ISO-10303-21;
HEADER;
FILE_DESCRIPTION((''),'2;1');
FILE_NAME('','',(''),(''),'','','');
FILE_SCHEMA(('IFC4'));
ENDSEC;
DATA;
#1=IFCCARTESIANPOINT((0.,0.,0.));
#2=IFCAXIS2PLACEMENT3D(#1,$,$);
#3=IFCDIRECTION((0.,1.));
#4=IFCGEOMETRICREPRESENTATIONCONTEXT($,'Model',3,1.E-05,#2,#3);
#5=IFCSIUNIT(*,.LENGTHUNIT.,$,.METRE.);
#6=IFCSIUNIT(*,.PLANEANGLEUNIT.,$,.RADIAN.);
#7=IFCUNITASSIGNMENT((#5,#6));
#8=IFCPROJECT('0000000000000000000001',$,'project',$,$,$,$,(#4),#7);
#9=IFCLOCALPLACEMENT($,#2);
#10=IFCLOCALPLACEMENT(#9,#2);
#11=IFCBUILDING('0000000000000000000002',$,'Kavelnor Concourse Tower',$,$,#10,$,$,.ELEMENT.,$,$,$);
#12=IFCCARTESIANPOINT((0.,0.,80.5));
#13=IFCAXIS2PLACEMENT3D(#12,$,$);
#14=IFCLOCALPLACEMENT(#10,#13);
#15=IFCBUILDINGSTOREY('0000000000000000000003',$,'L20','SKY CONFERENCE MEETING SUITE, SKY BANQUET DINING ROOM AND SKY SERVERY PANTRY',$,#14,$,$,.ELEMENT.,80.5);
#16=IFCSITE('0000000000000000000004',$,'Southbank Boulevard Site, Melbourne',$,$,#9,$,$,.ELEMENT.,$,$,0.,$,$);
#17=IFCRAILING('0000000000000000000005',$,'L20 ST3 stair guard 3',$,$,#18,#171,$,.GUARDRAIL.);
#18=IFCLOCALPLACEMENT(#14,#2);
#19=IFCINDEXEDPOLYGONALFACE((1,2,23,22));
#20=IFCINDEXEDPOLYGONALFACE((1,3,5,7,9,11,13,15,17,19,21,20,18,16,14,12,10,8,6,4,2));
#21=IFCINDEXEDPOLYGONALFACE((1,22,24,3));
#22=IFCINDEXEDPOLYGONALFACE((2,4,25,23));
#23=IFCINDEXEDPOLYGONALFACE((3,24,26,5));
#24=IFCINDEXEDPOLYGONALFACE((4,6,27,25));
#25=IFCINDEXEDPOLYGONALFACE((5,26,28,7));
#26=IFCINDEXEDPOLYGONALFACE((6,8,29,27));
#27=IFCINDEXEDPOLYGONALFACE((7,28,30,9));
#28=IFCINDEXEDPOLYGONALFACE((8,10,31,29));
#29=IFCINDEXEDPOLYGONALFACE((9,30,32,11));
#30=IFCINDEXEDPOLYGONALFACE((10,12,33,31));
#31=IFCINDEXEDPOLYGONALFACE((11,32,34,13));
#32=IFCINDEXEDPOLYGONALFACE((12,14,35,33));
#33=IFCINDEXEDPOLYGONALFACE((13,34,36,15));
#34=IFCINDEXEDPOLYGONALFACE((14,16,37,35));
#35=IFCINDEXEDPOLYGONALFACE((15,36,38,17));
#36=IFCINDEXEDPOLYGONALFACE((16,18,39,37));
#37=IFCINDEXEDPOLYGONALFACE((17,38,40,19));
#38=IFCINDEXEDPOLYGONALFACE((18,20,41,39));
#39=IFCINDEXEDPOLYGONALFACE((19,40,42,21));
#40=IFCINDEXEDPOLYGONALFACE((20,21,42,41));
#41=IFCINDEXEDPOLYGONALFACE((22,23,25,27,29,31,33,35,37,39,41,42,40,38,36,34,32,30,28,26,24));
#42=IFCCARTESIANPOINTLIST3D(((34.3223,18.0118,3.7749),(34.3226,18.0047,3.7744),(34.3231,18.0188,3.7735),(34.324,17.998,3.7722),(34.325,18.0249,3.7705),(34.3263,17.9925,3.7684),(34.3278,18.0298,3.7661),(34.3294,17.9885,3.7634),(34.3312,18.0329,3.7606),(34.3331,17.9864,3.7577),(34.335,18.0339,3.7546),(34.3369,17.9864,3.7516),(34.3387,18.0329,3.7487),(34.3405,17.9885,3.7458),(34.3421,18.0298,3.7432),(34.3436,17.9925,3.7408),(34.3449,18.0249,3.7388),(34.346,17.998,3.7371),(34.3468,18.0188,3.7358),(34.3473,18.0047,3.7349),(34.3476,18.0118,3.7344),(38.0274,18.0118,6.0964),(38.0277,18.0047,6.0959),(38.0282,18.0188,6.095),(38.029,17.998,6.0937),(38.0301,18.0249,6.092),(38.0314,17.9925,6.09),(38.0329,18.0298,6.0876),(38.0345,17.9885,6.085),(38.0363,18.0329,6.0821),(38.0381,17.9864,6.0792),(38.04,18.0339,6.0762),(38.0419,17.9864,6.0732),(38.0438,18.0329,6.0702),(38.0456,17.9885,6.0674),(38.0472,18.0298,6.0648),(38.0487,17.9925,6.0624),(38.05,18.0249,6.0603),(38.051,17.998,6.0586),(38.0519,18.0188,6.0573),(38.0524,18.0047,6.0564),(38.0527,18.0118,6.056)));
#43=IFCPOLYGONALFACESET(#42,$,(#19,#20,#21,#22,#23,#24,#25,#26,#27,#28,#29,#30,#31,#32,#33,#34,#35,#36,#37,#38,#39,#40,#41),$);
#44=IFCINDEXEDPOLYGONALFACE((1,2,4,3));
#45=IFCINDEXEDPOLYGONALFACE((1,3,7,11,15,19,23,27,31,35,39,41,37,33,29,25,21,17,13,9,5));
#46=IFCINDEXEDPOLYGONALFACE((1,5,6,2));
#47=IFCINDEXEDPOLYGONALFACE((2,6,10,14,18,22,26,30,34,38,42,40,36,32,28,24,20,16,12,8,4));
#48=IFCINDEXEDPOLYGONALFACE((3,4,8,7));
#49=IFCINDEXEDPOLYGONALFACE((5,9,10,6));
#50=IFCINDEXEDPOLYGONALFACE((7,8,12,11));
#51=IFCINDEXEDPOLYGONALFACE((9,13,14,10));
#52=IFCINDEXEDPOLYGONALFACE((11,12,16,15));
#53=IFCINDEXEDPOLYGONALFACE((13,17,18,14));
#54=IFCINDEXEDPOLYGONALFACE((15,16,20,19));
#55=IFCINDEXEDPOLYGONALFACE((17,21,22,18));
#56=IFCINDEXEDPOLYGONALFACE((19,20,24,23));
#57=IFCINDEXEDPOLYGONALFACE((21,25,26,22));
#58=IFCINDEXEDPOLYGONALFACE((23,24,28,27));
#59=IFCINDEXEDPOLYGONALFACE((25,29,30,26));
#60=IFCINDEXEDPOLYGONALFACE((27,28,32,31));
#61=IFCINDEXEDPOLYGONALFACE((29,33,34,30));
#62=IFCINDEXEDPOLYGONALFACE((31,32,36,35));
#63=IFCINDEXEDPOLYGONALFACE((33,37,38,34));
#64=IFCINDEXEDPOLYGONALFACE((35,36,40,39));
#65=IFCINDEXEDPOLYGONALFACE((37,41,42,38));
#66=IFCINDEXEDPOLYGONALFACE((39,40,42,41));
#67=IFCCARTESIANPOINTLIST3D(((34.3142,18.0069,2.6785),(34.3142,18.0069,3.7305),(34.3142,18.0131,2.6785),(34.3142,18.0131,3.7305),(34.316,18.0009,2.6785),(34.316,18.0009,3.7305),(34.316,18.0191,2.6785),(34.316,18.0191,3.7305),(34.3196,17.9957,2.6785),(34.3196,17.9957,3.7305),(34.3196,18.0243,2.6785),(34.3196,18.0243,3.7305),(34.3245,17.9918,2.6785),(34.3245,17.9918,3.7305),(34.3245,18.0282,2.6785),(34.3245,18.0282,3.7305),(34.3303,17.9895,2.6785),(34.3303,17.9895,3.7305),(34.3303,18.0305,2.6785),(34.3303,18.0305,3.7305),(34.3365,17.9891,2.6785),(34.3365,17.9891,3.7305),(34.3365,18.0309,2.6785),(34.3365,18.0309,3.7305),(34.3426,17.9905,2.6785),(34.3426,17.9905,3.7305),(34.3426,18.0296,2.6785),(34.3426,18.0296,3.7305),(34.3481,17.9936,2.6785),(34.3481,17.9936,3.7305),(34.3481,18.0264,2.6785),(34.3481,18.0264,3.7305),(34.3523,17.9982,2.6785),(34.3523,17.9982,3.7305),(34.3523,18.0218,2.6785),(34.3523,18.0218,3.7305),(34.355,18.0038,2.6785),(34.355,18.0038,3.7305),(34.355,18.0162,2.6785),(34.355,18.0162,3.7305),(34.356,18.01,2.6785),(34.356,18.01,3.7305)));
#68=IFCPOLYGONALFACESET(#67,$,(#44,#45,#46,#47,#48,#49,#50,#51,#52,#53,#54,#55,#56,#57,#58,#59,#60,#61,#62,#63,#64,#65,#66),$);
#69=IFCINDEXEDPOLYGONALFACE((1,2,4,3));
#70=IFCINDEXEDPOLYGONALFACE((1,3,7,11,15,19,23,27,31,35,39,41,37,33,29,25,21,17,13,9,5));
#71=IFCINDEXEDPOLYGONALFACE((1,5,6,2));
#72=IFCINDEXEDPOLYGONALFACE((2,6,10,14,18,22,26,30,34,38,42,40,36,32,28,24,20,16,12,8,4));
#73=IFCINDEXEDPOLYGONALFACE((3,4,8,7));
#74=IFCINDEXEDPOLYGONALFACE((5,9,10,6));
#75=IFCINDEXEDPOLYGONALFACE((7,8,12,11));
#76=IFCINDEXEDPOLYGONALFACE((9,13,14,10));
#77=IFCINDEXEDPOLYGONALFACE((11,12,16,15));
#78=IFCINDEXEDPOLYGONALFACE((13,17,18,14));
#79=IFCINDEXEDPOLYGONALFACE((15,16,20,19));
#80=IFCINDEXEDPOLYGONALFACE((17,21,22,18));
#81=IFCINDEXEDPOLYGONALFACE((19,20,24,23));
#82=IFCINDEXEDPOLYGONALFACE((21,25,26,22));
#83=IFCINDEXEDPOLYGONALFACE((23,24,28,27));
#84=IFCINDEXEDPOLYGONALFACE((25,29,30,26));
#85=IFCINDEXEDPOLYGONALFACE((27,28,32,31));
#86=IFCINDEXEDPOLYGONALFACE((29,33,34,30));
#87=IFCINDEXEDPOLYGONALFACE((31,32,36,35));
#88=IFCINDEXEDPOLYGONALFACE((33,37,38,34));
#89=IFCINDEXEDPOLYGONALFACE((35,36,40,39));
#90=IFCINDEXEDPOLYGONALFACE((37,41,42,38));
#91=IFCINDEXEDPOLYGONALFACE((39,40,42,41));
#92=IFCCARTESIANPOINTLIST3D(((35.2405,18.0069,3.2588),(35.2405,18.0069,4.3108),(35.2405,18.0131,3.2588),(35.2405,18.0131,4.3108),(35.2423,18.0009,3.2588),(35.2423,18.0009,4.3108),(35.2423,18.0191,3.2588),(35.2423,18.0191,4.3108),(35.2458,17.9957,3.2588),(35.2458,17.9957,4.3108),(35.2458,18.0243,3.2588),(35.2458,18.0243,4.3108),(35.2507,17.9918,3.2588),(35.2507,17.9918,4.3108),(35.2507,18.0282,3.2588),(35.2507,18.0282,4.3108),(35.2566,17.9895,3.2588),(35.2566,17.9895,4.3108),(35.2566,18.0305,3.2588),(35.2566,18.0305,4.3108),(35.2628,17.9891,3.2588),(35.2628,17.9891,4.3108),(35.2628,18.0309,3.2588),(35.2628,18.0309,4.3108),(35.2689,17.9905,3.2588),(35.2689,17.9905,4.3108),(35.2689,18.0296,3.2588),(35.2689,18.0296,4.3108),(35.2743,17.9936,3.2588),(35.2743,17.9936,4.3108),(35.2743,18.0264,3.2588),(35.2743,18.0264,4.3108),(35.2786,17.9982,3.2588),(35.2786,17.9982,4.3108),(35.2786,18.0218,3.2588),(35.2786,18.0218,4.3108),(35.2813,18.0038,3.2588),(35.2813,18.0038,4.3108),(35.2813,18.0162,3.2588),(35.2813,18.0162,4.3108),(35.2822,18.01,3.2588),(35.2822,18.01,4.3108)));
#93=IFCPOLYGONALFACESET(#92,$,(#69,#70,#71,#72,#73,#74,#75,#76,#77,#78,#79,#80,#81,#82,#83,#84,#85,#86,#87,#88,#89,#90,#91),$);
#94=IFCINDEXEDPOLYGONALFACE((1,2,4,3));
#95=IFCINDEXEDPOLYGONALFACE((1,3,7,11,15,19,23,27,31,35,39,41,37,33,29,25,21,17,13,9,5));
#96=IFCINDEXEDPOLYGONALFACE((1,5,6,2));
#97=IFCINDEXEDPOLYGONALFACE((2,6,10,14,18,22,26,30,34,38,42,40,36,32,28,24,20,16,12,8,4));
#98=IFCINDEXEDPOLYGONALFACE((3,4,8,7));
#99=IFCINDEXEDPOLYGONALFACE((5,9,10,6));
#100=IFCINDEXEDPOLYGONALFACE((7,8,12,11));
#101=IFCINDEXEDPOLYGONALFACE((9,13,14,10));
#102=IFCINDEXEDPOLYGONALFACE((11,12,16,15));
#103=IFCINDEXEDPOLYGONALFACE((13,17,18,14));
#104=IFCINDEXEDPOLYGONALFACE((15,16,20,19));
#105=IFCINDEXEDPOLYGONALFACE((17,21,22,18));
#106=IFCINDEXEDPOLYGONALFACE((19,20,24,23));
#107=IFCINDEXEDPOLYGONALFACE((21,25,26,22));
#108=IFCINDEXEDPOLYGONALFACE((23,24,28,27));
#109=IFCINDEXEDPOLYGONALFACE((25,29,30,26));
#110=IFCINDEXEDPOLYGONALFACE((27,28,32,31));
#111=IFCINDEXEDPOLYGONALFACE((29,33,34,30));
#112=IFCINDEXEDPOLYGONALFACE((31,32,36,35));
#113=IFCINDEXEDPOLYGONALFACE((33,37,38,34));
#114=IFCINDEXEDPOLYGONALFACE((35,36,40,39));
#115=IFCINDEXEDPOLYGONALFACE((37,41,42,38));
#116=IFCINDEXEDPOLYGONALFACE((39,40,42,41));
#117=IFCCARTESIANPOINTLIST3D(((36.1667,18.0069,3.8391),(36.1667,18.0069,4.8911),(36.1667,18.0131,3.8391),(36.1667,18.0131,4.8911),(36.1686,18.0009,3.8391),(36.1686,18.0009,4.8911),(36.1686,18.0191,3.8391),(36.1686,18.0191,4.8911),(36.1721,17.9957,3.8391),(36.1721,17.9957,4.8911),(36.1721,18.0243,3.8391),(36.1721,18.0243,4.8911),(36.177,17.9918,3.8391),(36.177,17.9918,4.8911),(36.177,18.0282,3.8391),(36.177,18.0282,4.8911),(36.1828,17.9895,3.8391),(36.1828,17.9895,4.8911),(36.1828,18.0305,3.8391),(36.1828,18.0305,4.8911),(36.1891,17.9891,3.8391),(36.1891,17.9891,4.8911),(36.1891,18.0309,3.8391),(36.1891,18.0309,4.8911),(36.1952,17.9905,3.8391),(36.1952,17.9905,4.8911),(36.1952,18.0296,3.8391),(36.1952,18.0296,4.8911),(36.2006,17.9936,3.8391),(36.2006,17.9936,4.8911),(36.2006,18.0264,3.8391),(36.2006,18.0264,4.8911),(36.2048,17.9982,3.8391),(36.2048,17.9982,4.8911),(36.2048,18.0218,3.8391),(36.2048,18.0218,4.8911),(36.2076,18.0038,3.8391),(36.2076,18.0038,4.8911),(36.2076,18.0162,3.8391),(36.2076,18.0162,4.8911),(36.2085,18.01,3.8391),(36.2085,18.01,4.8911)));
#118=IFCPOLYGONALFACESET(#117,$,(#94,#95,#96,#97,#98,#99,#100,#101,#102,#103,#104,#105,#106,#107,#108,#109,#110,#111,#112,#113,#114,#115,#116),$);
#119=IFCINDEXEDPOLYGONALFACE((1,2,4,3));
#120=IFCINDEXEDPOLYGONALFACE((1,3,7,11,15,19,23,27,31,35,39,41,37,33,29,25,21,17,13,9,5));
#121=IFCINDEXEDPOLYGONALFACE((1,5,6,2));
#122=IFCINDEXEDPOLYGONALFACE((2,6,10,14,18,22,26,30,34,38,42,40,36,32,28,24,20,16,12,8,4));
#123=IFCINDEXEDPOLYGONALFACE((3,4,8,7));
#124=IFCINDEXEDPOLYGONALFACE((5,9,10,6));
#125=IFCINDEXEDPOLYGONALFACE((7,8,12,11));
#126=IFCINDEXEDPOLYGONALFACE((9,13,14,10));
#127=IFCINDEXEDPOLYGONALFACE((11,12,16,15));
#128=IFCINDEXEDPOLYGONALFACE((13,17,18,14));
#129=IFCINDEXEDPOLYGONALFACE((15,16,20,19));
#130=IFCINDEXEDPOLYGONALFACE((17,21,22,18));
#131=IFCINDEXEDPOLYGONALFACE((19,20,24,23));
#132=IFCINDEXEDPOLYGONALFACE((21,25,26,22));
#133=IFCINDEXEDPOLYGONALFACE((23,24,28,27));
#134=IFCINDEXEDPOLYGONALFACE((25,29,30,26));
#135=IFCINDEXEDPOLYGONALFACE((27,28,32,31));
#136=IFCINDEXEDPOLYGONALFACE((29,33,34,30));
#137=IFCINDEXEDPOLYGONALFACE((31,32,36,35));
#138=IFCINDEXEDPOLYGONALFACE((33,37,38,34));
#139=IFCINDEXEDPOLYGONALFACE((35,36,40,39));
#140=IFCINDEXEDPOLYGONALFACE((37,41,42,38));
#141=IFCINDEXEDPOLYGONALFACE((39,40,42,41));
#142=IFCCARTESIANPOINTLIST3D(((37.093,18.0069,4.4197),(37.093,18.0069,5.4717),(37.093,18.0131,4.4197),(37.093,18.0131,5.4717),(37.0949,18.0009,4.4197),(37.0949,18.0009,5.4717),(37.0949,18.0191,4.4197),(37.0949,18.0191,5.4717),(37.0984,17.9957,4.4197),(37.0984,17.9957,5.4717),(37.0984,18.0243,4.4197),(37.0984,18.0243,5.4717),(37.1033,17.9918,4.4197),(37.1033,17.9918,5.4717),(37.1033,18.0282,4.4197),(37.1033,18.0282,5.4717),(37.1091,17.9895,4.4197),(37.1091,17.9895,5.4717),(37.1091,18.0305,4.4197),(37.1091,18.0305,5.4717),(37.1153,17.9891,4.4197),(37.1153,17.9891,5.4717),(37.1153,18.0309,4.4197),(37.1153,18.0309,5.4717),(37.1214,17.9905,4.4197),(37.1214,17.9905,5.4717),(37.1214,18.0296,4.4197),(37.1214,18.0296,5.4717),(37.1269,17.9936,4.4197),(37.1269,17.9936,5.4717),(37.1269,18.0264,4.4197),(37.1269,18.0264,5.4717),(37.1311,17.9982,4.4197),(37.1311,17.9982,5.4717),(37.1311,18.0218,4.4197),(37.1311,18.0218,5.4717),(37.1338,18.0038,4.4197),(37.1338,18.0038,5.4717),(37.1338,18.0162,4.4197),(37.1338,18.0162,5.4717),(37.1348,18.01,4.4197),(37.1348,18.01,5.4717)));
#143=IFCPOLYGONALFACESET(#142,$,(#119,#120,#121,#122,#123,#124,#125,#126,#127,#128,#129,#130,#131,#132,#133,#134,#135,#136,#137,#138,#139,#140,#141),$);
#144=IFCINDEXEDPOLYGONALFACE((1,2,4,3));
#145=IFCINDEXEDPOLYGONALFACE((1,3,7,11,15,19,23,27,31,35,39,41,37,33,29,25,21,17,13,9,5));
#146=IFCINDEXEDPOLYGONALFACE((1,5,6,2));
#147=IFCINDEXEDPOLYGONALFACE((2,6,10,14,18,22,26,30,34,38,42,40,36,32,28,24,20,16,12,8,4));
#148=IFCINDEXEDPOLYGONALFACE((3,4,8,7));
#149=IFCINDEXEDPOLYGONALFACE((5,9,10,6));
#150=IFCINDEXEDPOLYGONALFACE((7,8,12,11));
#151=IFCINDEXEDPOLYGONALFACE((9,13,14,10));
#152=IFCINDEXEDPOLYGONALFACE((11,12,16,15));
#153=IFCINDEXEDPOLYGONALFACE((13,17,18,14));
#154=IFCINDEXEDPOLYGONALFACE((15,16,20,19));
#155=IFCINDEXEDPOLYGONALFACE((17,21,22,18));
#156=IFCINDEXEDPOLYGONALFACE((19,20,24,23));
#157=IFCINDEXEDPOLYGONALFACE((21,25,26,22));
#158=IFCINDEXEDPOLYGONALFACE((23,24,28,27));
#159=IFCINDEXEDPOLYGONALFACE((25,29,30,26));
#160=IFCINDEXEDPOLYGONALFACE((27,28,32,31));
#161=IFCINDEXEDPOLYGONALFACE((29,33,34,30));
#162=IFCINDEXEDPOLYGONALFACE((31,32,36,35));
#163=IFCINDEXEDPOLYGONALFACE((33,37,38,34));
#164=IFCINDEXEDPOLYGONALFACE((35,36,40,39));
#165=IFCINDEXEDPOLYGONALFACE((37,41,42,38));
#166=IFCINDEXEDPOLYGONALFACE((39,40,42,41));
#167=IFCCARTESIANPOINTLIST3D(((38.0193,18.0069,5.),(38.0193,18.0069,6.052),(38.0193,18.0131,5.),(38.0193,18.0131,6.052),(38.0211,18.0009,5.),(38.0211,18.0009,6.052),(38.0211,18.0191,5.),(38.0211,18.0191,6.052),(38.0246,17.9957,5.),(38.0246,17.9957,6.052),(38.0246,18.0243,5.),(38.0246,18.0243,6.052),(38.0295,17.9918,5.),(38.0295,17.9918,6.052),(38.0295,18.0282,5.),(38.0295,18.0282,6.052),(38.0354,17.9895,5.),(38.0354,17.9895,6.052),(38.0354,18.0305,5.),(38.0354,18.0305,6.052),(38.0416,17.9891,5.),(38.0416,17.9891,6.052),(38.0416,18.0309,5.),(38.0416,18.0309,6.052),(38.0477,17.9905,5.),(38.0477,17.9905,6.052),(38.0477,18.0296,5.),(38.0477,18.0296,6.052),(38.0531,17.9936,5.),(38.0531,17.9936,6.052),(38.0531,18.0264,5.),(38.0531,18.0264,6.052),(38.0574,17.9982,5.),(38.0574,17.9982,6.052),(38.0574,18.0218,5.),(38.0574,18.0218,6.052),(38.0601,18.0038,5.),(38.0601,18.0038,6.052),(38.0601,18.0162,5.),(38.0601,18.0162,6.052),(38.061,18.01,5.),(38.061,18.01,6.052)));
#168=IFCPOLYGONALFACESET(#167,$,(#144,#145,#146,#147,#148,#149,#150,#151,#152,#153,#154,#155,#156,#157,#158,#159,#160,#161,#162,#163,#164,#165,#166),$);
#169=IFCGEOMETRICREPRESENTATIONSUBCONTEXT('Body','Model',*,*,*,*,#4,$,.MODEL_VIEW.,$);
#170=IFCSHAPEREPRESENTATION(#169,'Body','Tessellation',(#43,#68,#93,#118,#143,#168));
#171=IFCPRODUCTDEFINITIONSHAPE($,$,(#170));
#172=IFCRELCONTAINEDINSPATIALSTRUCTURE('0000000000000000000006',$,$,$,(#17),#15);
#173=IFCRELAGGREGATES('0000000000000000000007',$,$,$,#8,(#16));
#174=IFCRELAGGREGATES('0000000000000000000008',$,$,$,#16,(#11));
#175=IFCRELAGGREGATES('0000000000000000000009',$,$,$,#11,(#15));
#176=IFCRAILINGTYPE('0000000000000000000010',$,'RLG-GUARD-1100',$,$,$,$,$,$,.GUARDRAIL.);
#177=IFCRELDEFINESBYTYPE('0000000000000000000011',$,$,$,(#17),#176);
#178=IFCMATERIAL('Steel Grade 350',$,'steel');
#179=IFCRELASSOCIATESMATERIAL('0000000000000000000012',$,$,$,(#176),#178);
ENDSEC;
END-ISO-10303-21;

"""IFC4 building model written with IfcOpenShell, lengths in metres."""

from ifc_helpers import new_model, si_unit, direction, frame, origin, origin_2d, place, context, subcontext, project, spatial, circle, extrude, material, type_object, element, save


model = new_model("IFC4")

# Units and contexts
model_context = context("Model", 3, precision=1e-05, world=origin(), true_north=direction((0.0, 1.0)))
body_context = subcontext(model_context, "Body", "Model", "MODEL_VIEW")
ifc_project = project(units=[si_unit("LENGTHUNIT", "METRE"), si_unit("PLANEANGLEUNIT", "RADIAN")], contexts=[model_context])

# Site, building, storey
site_placement = place(None, origin())
site = spatial("IfcSite", under=ifc_project, at=site_placement, Name="Southbank Boulevard Site, Melbourne", CompositionType="ELEMENT", RefElevation=0.0)
building_placement = place(site_placement, origin())
building = spatial("IfcBuilding", under=site, at=building_placement, Name="Kavelnor Concourse Tower", CompositionType="ELEMENT")
storey_placement = place(building_placement, frame((0.0, 0.0, 80.5)))
storey = spatial("IfcBuildingStorey", under=building, at=storey_placement, Name="L20", Description="SKY CONFERENCE MEETING SUITE, SKY BANQUET DINING ROOM AND SKY SERVERY PANTRY", CompositionType="ELEMENT", Elevation=80.5)

# Shared definitions
ifc_material_1 = material(Name="Steel Grade 350", Category="steel")

# Railing
railing_type_1 = type_object("IfcRailingType", Name="RLG-GUARD-1100", PredefinedType="GUARDRAIL", material=ifc_material_1)
railing_1_placement = place(storey_placement, frame((34.335, 18.01, 2.6785)))
element("IfcRailing", 1, at=railing_1_placement, inside=storey, type_object=railing_type_1, Name="L20 ST3 stair guard 3", PredefinedType="GUARDRAIL", context=body_context, shape_type="SweptSolid", body=[
    extrude(circle(Radius=0.0239, at=origin_2d()), frame((0.0, 0.0, 1.0762), z_axis=(0.847395, 0.0, 0.530962), x_axis=(0.0, 1.0, 0.0)), (0.0, 0.0, 1.0), 4.3723),
    extrude(circle(Radius=0.021, at=origin_2d()), origin(), (0.0, 0.0, 1.0), 1.052),
    extrude(circle(Radius=0.021, at=origin_2d()), frame((0.9263, 0.0, 0.5803)), (0.0, 0.0, 1.0), 1.052),
    extrude(circle(Radius=0.021, at=origin_2d()), frame((1.8525, 0.0, 1.1606)), (0.0, 0.0, 1.0), 1.052),
    extrude(circle(Radius=0.021, at=origin_2d()), frame((2.7788, 0.0, 1.7412)), (0.0, 0.0, 1.0), 1.052),
    extrude(circle(Radius=0.021, at=origin_2d()), frame((3.7051, 0.0, 2.3215)), (0.0, 0.0, 1.0), 1.052),
])

save(model, "model.ifc")
